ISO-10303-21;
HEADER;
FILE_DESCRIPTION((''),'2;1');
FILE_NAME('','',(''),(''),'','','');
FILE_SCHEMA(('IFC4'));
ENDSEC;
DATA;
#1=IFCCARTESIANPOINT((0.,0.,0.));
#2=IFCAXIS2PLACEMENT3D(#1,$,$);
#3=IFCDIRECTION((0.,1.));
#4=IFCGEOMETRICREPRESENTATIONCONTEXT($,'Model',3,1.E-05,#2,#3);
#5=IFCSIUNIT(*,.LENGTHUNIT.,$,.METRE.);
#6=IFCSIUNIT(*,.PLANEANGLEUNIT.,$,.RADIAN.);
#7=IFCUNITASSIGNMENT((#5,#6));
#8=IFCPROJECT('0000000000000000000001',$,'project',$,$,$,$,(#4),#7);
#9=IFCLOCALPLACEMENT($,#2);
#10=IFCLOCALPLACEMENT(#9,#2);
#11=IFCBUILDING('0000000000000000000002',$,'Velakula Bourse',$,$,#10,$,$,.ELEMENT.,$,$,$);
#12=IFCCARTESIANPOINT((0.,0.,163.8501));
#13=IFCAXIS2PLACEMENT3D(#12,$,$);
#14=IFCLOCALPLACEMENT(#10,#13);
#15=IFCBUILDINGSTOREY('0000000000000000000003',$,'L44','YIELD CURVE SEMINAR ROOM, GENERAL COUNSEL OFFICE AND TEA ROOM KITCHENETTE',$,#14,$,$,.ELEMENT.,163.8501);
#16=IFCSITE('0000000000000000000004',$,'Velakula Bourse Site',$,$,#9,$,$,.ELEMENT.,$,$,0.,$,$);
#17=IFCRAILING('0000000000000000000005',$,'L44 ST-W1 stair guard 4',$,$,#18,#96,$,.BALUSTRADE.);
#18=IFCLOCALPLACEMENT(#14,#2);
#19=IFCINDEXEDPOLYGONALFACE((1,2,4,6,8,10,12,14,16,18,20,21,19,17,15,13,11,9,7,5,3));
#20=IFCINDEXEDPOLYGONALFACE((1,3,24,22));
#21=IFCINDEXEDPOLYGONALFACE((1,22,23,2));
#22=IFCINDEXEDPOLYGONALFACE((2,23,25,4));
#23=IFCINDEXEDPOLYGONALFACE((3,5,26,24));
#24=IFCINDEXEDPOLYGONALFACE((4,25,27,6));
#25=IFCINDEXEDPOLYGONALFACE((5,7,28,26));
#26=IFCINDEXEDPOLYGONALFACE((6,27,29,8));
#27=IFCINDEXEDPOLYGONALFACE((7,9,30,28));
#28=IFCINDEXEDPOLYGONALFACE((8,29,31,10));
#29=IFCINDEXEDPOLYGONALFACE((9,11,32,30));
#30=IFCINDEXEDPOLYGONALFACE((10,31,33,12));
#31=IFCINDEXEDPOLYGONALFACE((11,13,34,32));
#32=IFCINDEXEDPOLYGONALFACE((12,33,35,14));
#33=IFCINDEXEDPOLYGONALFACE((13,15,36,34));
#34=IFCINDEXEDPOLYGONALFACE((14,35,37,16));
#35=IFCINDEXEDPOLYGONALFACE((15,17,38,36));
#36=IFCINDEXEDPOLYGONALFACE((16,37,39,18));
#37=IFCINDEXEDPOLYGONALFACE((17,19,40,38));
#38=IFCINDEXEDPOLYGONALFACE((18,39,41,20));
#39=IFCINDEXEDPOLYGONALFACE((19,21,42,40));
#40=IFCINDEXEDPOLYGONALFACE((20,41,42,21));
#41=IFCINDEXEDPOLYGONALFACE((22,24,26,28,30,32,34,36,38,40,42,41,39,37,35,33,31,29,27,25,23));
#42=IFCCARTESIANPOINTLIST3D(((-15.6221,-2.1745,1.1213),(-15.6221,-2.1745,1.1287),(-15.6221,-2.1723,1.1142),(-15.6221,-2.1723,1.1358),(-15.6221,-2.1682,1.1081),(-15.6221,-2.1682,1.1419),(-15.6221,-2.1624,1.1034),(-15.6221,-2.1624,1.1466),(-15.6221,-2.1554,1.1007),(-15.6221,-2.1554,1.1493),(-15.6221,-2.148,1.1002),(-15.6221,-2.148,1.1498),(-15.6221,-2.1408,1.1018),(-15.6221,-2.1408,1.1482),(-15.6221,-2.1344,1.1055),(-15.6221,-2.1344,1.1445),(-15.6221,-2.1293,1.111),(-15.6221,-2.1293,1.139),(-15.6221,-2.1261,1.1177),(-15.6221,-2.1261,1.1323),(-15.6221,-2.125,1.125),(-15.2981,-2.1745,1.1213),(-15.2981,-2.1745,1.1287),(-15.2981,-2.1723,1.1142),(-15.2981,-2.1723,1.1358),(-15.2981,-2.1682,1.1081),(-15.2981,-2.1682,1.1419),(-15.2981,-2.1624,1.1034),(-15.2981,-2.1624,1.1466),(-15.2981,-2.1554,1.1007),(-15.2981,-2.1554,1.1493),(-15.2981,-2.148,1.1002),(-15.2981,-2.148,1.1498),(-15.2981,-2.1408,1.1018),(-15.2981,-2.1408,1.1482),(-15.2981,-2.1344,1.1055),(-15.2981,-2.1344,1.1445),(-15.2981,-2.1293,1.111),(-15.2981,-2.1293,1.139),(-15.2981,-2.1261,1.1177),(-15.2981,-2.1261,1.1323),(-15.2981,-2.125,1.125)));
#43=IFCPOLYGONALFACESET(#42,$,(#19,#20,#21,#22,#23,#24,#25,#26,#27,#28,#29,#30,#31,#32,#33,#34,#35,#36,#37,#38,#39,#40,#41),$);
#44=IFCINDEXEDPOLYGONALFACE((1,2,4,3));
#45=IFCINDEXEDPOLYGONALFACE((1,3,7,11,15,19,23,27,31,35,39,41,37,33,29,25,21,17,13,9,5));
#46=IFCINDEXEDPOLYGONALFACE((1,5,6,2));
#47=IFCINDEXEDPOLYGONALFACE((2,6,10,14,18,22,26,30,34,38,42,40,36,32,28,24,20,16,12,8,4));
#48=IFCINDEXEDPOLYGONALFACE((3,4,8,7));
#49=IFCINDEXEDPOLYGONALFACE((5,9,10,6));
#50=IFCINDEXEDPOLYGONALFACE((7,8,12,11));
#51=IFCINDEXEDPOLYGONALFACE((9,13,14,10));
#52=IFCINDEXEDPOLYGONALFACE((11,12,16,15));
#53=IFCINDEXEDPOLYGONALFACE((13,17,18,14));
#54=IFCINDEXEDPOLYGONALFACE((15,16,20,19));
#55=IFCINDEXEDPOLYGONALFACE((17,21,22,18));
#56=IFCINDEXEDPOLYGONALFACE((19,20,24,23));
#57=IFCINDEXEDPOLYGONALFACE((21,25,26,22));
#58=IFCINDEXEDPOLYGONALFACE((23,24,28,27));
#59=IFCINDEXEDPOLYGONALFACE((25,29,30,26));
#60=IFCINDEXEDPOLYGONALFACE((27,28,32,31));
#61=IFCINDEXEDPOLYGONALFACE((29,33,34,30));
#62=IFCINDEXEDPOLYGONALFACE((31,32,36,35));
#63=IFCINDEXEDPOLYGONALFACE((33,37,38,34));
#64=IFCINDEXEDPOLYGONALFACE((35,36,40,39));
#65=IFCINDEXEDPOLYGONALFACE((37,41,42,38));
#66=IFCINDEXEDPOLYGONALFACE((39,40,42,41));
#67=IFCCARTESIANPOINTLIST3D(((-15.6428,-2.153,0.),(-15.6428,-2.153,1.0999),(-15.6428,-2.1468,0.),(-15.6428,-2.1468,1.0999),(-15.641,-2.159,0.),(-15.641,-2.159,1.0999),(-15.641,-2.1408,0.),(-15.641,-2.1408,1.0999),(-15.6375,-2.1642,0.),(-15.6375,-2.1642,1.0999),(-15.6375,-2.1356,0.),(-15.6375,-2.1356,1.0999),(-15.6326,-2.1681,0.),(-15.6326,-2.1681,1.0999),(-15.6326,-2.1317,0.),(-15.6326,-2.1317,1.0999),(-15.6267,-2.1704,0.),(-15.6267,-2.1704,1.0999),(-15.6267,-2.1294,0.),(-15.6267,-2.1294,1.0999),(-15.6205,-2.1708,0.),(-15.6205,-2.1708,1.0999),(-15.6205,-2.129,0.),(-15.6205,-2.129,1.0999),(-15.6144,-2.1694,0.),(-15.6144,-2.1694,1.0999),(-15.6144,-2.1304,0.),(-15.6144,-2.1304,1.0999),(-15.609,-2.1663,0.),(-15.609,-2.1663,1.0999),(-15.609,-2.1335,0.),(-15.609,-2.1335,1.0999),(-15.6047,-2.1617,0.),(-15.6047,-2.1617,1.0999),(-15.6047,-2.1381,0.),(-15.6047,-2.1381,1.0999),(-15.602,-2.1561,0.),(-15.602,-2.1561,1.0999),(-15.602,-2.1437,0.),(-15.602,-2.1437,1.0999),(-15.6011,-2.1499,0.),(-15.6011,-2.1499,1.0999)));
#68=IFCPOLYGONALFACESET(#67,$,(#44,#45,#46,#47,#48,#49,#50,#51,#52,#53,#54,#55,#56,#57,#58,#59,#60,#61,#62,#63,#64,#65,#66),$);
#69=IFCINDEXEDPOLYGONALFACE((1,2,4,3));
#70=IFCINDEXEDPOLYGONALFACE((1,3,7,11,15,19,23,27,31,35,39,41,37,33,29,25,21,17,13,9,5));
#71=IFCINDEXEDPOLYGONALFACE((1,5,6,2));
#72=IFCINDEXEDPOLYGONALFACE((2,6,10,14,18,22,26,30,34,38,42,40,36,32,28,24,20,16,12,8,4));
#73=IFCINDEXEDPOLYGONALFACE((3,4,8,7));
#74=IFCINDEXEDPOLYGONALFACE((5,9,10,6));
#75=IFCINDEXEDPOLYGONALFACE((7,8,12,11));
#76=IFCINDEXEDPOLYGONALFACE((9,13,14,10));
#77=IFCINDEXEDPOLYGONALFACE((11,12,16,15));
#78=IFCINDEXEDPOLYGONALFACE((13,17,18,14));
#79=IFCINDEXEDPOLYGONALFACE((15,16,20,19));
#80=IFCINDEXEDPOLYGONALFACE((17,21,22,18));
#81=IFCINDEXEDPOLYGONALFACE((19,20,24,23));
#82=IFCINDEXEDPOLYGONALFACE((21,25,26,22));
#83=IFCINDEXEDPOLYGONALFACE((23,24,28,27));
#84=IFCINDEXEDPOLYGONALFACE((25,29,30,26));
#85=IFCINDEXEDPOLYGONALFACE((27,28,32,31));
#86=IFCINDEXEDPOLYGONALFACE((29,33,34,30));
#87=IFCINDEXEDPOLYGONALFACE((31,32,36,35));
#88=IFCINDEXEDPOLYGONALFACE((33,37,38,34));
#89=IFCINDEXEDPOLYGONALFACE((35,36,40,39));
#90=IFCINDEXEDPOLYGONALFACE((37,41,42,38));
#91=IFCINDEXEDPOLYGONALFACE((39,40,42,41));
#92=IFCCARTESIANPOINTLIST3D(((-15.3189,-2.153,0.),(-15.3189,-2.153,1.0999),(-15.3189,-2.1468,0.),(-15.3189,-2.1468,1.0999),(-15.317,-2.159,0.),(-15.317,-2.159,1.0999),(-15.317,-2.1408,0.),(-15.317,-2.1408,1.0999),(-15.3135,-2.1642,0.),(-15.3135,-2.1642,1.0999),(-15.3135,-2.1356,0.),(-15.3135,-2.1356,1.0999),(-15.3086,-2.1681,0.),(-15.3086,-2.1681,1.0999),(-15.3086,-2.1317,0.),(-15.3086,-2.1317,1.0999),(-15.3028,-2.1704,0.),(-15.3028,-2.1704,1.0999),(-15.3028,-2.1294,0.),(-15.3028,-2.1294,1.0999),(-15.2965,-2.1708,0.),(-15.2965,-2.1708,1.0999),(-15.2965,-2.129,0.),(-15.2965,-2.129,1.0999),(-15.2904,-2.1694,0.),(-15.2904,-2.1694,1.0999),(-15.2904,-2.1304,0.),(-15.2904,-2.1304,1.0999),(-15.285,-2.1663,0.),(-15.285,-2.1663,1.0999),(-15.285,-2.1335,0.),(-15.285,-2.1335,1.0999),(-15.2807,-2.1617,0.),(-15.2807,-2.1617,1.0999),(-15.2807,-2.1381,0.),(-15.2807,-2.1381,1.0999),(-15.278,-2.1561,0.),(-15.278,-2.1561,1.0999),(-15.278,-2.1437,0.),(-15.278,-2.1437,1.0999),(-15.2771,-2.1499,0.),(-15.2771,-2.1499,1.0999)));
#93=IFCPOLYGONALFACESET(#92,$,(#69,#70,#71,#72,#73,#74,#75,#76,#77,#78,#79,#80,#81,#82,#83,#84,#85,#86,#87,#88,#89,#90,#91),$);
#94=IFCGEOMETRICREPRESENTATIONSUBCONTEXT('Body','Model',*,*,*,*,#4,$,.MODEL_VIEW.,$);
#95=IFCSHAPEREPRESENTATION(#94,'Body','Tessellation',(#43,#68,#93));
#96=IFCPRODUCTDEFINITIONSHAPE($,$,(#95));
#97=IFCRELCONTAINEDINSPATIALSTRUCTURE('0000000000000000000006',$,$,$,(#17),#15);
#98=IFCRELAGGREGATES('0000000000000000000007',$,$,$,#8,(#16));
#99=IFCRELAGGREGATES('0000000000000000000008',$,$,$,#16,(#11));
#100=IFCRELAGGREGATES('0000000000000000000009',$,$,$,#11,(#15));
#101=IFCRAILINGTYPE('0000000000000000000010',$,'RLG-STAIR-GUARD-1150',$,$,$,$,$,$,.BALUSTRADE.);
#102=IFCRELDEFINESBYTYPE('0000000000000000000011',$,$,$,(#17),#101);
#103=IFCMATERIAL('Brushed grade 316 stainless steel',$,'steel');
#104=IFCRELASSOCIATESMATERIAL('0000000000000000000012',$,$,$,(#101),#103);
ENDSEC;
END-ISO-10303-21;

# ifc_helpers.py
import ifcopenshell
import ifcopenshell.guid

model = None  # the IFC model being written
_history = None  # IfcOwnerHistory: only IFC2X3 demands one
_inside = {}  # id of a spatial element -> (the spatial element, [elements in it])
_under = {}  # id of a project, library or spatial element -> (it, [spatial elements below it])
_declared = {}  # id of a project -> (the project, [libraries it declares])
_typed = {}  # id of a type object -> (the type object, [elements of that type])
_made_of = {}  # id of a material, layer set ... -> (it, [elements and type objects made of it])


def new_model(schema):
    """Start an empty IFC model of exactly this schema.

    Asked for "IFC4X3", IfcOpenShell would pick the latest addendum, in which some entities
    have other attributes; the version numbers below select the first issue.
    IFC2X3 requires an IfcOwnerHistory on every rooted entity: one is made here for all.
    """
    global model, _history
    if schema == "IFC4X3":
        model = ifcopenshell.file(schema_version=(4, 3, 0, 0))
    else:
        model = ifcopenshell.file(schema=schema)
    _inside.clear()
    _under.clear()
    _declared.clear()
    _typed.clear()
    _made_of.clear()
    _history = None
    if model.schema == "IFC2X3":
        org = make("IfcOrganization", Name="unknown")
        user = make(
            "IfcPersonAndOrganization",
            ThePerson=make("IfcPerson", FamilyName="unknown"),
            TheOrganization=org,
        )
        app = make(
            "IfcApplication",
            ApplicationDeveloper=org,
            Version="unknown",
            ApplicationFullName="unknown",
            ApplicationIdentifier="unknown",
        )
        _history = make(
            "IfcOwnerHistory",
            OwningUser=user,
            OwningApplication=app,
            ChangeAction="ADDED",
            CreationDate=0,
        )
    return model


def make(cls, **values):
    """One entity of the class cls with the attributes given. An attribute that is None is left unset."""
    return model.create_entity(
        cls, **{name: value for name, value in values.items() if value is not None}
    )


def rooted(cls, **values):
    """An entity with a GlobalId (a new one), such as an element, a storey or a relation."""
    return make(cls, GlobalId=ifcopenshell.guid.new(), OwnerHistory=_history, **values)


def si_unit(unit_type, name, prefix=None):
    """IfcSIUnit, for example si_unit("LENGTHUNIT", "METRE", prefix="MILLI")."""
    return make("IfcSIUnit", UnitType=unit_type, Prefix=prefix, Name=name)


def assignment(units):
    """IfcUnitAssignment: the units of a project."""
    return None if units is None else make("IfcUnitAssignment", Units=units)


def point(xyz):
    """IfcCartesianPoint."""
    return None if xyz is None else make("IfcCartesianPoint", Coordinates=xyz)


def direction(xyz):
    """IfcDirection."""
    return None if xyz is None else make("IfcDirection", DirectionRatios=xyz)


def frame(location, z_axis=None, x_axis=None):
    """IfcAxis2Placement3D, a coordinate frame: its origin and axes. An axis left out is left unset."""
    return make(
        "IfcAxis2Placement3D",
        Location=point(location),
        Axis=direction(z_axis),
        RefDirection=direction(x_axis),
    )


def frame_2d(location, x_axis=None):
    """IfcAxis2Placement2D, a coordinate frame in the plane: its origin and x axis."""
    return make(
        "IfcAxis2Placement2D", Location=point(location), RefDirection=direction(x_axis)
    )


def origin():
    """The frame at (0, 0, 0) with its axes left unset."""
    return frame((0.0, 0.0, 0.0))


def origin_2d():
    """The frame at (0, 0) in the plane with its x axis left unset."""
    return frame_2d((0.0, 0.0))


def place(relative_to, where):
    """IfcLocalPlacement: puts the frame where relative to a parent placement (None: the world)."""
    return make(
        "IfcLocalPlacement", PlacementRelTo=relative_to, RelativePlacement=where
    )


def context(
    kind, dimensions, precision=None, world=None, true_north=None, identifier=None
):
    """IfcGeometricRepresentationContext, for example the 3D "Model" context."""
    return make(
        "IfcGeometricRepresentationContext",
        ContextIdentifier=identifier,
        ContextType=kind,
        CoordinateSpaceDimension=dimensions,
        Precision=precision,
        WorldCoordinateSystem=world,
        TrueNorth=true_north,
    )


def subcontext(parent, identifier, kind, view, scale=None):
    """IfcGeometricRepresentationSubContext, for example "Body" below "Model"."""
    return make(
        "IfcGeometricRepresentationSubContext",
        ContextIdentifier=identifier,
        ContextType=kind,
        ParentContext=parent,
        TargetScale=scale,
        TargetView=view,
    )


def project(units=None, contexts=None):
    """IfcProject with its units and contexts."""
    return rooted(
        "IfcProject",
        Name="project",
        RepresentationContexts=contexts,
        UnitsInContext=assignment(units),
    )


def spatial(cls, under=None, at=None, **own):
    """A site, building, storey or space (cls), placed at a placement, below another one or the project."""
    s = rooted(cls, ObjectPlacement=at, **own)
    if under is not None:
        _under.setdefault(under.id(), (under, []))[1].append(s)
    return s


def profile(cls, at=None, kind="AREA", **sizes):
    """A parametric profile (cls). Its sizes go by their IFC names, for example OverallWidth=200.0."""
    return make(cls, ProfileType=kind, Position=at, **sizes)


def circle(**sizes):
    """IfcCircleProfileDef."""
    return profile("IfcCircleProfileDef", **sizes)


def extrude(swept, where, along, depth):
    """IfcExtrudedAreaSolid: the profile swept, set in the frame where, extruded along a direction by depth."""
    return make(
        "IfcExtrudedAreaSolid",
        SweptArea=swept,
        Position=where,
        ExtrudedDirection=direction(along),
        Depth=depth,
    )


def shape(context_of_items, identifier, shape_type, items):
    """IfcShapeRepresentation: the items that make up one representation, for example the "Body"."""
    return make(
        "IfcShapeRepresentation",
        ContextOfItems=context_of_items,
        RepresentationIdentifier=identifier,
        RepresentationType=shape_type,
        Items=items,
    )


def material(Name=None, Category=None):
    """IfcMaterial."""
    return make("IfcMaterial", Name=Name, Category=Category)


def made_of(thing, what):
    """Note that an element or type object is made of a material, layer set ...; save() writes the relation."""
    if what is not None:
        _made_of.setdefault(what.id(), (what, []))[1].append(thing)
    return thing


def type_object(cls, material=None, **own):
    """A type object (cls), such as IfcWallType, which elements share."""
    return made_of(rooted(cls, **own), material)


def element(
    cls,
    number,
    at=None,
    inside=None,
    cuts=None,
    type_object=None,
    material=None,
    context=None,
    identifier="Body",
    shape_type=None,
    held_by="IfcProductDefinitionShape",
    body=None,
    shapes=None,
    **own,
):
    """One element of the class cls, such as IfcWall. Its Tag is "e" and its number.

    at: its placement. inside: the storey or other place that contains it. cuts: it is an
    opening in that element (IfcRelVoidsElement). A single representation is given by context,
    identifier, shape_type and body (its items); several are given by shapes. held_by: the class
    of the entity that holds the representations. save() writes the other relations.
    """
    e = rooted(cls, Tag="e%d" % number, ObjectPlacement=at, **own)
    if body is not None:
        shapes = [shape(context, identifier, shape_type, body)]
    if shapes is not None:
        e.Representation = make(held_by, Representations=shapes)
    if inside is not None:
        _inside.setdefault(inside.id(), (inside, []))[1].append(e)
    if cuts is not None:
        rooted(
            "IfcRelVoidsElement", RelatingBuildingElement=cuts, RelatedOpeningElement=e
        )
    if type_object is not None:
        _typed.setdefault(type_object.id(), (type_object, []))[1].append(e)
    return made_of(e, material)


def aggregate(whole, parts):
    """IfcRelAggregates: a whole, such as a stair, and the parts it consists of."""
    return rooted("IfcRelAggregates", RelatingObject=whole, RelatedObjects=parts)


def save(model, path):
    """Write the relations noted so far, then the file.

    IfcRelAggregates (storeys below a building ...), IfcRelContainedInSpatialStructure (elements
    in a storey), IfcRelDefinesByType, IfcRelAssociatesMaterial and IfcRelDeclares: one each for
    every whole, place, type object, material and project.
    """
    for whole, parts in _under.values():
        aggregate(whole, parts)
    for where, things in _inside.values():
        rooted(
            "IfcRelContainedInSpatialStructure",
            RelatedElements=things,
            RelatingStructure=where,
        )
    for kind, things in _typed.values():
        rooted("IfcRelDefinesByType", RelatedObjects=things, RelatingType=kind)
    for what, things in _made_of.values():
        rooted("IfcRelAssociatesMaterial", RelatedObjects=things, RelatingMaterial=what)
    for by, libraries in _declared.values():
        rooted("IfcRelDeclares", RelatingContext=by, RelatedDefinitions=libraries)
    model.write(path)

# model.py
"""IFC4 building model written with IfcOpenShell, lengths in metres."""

from ifc_helpers import new_model, si_unit, direction, frame, origin, origin_2d, place, context, subcontext, project, spatial, circle, extrude, material, type_object, element, save


model = new_model("IFC4")

# Units and contexts
model_context = context("Model", 3, precision=1e-05, world=origin(), true_north=direction((0.0, 1.0)))
body_context = subcontext(model_context, "Body", "Model", "MODEL_VIEW")
ifc_project = project(units=[si_unit("LENGTHUNIT", "METRE"), si_unit("PLANEANGLEUNIT", "RADIAN")], contexts=[model_context])

# Site, building, storey
site_placement = place(None, origin())
site = spatial("IfcSite", under=ifc_project, at=site_placement, Name="Velakula Bourse Site", CompositionType="ELEMENT", RefElevation=0.0)
building_placement = place(site_placement, origin())
building = spatial("IfcBuilding", under=site, at=building_placement, Name="Velakula Bourse", CompositionType="ELEMENT")
storey_placement = place(building_placement, frame((0.0, 0.0, 163.8501)))
storey = spatial("IfcBuildingStorey", under=building, at=storey_placement, Name="L44", Description="YIELD CURVE SEMINAR ROOM, GENERAL COUNSEL OFFICE AND TEA ROOM KITCHENETTE", CompositionType="ELEMENT", Elevation=163.8501)

# Railing
ifc_material_1 = material(Name="Brushed grade 316 stainless steel", Category="steel")
railing_type_1 = type_object("IfcRailingType", Name="RLG-STAIR-GUARD-1150", PredefinedType="BALUSTRADE", material=ifc_material_1)
railing_1_placement = place(storey_placement, frame((-15.6221, -2.1499, 0.0)))
element("IfcRailing", 1, at=railing_1_placement, inside=storey, type_object=railing_type_1, Name="L44 ST-W1 stair guard 4", PredefinedType="BALUSTRADE", context=body_context, shape_type="SweptSolid", body=[
    extrude(circle(Radius=0.0249, at=origin_2d()), frame((0.0, 0.0, 1.125), z_axis=(1.0, 0.0, 0.0), x_axis=(0.0, 1.0, 0.0)), (0.0, 0.0, 1.0), 0.324),
    extrude(circle(Radius=0.021, at=origin_2d()), origin(), (0.0, 0.0, 1.0), 1.0999),
    extrude(circle(Radius=0.021, at=origin_2d()), frame((0.324, 0.0, 0.0)), (0.0, 0.0, 1.0), 1.0999),
])

save(model, "model.ifc")
